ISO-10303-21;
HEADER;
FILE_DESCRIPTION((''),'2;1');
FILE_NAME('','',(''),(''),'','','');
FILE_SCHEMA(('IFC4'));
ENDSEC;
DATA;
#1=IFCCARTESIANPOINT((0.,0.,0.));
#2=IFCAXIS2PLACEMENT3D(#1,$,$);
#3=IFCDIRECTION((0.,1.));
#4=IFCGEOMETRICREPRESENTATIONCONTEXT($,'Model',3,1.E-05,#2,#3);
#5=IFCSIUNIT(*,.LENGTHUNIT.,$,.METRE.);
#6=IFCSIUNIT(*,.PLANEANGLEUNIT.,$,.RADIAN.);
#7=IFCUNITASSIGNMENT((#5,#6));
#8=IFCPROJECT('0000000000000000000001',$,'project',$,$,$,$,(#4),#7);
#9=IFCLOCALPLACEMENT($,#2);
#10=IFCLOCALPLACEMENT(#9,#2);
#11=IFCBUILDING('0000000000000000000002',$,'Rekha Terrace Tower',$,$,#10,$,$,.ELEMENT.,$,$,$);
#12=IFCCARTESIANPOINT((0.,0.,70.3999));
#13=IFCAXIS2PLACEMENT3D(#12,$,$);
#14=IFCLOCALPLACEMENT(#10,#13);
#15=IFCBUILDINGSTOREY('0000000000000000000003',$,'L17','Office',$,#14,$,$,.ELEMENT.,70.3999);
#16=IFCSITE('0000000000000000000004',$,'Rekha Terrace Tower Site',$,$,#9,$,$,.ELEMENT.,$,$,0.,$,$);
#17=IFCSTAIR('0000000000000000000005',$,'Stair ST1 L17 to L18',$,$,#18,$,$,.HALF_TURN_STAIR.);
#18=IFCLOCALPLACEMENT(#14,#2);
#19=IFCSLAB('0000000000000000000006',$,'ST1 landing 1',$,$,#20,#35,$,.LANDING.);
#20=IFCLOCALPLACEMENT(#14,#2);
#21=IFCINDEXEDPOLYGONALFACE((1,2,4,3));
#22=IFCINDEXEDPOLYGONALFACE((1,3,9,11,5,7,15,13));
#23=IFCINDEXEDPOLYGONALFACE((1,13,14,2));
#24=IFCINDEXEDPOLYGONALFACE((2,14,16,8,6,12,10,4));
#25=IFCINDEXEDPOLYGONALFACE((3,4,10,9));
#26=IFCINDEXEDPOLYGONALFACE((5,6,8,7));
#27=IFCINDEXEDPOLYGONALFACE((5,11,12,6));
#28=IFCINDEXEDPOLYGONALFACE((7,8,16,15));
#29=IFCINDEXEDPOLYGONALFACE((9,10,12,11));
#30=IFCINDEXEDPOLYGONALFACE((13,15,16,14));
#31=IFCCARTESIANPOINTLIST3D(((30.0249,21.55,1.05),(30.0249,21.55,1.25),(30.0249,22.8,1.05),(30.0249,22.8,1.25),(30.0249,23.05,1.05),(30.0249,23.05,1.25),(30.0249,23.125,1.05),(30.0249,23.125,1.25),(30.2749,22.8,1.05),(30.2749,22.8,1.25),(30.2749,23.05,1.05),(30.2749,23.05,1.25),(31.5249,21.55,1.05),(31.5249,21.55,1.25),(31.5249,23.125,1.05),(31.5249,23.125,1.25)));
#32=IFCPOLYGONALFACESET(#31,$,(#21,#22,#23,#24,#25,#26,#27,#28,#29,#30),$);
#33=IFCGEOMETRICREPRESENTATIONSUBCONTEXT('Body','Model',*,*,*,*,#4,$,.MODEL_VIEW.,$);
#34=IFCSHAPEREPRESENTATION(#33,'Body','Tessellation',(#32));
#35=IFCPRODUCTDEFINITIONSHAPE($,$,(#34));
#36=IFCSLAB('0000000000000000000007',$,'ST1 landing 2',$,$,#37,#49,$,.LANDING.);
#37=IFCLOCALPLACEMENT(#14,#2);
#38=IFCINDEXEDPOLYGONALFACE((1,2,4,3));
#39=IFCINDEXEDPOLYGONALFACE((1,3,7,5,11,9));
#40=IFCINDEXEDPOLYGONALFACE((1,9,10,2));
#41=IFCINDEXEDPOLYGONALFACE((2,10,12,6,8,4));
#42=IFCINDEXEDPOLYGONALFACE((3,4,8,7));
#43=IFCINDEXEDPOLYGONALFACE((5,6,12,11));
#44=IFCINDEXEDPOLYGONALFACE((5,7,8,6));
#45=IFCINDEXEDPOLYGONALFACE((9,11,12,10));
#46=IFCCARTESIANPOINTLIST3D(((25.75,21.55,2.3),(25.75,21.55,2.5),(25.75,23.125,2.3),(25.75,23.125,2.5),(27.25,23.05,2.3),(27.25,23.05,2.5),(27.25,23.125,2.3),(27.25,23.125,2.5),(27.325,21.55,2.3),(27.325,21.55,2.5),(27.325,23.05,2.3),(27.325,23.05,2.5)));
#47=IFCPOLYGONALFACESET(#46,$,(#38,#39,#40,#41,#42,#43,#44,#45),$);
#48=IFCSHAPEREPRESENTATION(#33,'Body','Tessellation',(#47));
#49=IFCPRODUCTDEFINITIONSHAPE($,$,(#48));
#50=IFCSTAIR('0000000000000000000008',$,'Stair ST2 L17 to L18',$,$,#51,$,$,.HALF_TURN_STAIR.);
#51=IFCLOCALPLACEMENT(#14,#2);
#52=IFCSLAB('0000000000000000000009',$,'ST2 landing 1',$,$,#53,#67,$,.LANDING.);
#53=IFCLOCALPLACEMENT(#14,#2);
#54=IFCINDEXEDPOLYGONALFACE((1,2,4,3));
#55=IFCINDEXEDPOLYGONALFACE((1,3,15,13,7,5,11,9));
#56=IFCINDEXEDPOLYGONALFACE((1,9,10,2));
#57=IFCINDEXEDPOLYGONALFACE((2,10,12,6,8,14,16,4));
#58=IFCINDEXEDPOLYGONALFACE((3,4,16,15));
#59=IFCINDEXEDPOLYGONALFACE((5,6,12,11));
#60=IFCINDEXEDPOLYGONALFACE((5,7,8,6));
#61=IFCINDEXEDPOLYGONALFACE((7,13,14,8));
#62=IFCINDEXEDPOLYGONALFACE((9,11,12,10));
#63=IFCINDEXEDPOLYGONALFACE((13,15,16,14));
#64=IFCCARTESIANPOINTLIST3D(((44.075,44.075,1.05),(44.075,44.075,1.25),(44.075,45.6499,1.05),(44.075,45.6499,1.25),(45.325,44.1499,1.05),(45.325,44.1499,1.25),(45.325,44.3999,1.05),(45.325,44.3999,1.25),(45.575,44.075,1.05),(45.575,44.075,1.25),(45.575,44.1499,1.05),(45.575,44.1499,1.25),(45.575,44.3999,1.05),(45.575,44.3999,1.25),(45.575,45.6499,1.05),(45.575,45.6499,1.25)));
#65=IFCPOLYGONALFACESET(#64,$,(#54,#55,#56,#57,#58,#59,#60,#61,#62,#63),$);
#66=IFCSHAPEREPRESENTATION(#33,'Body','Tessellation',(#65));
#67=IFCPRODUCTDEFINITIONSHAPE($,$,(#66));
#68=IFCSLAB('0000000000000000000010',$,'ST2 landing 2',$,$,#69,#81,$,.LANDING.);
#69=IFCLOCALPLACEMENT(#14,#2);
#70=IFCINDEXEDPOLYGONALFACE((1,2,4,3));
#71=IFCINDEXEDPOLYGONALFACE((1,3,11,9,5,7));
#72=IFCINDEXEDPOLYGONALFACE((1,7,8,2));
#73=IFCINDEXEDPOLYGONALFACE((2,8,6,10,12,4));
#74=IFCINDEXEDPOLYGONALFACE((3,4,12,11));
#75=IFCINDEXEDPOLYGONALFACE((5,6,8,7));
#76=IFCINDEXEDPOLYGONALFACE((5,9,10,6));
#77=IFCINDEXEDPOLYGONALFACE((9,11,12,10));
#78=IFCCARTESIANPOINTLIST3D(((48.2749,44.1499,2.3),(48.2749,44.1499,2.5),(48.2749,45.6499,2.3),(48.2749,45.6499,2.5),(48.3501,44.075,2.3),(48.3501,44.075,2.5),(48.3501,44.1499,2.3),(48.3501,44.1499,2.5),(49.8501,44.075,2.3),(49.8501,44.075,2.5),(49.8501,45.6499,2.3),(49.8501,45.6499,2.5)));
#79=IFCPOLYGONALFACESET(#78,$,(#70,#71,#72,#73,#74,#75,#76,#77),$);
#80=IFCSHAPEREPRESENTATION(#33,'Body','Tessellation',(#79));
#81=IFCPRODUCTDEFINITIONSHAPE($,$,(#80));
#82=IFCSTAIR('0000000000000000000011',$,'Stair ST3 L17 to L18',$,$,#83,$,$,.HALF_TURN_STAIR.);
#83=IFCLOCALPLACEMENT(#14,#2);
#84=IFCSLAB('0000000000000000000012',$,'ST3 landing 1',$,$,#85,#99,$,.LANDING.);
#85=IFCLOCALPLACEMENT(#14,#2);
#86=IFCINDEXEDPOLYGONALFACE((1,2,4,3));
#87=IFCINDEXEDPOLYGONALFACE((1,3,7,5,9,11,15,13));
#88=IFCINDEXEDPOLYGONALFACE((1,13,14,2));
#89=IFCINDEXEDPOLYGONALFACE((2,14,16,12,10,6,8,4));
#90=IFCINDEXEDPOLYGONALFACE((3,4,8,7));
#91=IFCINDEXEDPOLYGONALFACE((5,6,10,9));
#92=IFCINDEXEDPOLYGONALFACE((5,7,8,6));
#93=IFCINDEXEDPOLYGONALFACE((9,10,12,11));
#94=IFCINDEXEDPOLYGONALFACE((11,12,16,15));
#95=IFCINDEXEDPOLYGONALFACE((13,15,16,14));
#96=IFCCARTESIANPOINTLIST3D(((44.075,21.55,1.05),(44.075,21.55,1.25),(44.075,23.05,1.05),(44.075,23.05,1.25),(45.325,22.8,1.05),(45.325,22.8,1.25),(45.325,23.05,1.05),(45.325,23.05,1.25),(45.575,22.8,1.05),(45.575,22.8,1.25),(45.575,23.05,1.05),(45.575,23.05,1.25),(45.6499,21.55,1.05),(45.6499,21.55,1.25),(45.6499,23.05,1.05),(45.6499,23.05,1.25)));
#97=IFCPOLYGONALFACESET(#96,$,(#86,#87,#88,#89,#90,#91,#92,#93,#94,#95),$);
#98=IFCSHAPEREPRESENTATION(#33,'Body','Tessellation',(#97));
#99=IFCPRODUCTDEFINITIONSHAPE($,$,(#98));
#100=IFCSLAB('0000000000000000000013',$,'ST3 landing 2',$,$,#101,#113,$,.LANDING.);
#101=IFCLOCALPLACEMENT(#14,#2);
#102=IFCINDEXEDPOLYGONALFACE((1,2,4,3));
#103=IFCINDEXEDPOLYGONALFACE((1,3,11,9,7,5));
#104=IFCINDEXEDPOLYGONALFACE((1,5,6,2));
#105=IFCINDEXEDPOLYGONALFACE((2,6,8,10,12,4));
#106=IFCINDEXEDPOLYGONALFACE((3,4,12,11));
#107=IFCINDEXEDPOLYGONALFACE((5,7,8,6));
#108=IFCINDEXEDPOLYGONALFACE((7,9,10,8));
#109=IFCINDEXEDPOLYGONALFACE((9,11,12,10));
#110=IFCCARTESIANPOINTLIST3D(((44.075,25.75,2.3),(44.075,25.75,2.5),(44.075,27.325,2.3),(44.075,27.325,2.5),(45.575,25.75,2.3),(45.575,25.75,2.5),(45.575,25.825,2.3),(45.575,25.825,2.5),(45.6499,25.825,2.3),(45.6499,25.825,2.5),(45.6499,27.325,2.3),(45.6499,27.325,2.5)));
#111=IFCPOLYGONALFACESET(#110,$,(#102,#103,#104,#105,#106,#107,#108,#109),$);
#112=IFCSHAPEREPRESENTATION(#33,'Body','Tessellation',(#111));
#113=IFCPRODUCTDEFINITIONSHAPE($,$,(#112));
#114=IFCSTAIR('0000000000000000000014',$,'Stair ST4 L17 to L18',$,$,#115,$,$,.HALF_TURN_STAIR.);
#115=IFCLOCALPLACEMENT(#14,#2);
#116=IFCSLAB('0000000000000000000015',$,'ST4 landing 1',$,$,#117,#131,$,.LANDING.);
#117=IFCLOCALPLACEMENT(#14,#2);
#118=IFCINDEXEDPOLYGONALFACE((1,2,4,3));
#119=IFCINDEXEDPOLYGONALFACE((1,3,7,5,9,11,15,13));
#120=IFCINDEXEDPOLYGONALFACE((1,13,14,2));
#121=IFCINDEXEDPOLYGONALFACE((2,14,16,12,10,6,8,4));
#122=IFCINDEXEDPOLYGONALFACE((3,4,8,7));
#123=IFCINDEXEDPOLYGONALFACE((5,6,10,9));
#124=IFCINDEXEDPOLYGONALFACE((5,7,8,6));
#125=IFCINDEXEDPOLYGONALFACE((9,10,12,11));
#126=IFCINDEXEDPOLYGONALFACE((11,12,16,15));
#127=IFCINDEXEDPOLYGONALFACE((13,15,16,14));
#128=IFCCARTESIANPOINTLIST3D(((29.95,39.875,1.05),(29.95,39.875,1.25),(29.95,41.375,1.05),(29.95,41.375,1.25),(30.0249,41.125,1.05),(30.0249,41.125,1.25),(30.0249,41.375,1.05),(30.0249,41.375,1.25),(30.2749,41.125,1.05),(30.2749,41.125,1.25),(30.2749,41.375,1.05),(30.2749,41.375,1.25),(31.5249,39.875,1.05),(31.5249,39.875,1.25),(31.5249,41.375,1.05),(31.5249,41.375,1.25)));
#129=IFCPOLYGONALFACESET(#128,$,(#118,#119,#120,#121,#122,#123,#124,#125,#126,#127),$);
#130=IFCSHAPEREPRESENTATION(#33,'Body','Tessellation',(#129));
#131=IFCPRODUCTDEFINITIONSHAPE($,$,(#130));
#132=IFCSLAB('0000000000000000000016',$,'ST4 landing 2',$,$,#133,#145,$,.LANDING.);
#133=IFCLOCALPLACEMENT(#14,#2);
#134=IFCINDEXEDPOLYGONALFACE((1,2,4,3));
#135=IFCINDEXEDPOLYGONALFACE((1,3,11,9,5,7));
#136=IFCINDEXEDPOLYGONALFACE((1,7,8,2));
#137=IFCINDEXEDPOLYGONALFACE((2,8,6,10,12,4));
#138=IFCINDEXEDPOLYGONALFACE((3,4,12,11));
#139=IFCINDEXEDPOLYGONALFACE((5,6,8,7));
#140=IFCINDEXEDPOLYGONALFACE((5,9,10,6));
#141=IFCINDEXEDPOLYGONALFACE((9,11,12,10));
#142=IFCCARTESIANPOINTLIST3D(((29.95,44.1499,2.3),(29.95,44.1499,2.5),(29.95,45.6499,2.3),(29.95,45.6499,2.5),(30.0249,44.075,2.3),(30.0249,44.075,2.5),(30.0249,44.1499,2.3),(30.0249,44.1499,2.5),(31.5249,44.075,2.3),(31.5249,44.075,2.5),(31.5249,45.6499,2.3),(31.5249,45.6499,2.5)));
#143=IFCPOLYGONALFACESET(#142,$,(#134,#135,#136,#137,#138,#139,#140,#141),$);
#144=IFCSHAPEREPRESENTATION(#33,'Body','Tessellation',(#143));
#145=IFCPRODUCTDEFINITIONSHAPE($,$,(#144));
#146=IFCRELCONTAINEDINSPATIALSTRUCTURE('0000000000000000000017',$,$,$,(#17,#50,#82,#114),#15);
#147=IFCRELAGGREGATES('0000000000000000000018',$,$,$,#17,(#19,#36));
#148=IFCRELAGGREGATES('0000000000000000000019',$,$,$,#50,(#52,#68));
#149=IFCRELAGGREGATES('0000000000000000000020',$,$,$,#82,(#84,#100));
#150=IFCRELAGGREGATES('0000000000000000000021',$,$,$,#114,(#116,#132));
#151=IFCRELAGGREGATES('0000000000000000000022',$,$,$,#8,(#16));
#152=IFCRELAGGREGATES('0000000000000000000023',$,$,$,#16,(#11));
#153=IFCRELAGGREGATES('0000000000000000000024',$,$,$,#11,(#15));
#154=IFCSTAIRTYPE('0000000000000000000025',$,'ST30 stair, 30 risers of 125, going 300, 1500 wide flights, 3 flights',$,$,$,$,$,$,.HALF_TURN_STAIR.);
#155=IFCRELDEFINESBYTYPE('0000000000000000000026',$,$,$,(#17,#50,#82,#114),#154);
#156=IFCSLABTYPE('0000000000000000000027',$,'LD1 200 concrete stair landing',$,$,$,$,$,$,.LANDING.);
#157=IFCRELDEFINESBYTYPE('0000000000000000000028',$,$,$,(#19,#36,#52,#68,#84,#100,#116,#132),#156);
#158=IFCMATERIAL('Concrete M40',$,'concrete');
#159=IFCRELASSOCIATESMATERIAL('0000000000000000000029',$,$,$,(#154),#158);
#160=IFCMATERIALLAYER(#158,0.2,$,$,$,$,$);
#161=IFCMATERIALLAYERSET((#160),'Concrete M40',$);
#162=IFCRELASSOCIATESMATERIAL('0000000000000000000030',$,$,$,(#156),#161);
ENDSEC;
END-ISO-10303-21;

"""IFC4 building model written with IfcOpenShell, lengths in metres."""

from ifc_helpers import new_model, si_unit, direction, frame, origin, place, context, subcontext, project, spatial, polyline, outline, extrude, material, layer, layer_set, type_object, element, aggregate, save


model = new_model("IFC4")

# Units and contexts
model_context = context("Model", 3, precision=1e-05, world=origin(), true_north=direction((0.0, 1.0)))
body_context = subcontext(model_context, "Body", "Model", "MODEL_VIEW")
ifc_project = project(units=[si_unit("LENGTHUNIT", "METRE"), si_unit("PLANEANGLEUNIT", "RADIAN")], contexts=[model_context])

# Site, building, storey
site_placement = place(None, origin())
site = spatial("IfcSite", under=ifc_project, at=site_placement, Name="Rekha Terrace Tower Site", CompositionType="ELEMENT", RefElevation=0.0)
building_placement = place(site_placement, origin())
building = spatial("IfcBuilding", under=site, at=building_placement, Name="Rekha Terrace Tower", CompositionType="ELEMENT")
storey_placement = place(building_placement, frame((0.0, 0.0, 70.3999)))
storey = spatial("IfcBuildingStorey", under=building, at=storey_placement, Name="L17", Description="Office", CompositionType="ELEMENT", Elevation=70.3999)

# Stairs, slabs
ifc_material_1 = material(Name="Concrete M40", Category="concrete")
stair_type = type_object("IfcStairType", Name="ST30 stair, 30 risers of 125, going 300, 1500 wide flights, 3 flights", PredefinedType="HALF_TURN_STAIR", material=ifc_material_1)
stair_1_placement = place(storey_placement, origin())
stair_1 = element("IfcStair", 1, at=stair_1_placement, inside=storey, type_object=stair_type, Name="Stair ST1 L17 to L18", PredefinedType="HALF_TURN_STAIR")
ifc_layer_1 = layer(ifc_material_1, 0.2)
ifc_layer_set_1 = layer_set([ifc_layer_1], Name="Concrete M40")
slab_type_1 = type_object("IfcSlabType", Name="LD1 200 concrete stair landing", PredefinedType="LANDING", material=ifc_layer_set_1)
slab_1_placement = place(storey_placement, frame((0.0, 0.0, 1.05)))
slab_1 = element("IfcSlab", 2, at=slab_1_placement, type_object=slab_type_1, Name="ST1 landing 1", PredefinedType="LANDING", context=body_context, shape_type="SweptSolid", body=[
    extrude(outline(polyline([(30.0249, 21.55), (31.5249, 21.55), (31.5249, 23.125), (30.0249, 23.125), (30.0249, 23.05), (30.2749, 23.05), (30.2749, 22.8), (30.0249, 22.8), (30.0249, 21.55)])), origin(), (0.0, 0.0, 1.0), 0.2),
])
slab_2_placement = place(storey_placement, frame((0.0, 0.0, 2.3)))
slab_2 = element("IfcSlab", 3, at=slab_2_placement, type_object=slab_type_1, Name="ST1 landing 2", PredefinedType="LANDING", context=body_context, shape_type="SweptSolid", body=[
    extrude(outline(polyline([(27.25, 23.125), (25.75, 23.125), (25.75, 21.55), (27.325, 21.55), (27.325, 23.05), (27.25, 23.05), (27.25, 23.125)])), origin(), (0.0, 0.0, 1.0), 0.2),
])
aggregate(stair_1, [slab_1, slab_2])
stair_2_placement = place(storey_placement, origin())
stair_2 = element("IfcStair", 4, at=stair_2_placement, inside=storey, type_object=stair_type, Name="Stair ST2 L17 to L18", PredefinedType="HALF_TURN_STAIR")
slab_3_placement = place(storey_placement, frame((0.0, 0.0, 1.05)))
slab_3 = element("IfcSlab", 5, at=slab_3_placement, type_object=slab_type_1, Name="ST2 landing 1", PredefinedType="LANDING", context=body_context, shape_type="SweptSolid", body=[
    extrude(outline(polyline([(45.575, 45.6499), (44.075, 45.6499), (44.075, 44.075), (45.575, 44.075), (45.575, 44.1499), (45.325, 44.1499), (45.325, 44.3999), (45.575, 44.3999), (45.575, 45.6499)])), origin(), (0.0, 0.0, 1.0), 0.2),
])
slab_4_placement = place(storey_placement, frame((0.0, 0.0, 2.3)))
slab_4 = element("IfcSlab", 6, at=slab_4_placement, type_object=slab_type_1, Name="ST2 landing 2", PredefinedType="LANDING", context=body_context, shape_type="SweptSolid", body=[
    extrude(outline(polyline([(48.3501, 44.075), (49.8501, 44.075), (49.8501, 45.6499), (48.2749, 45.6499), (48.2749, 44.1499), (48.3501, 44.1499), (48.3501, 44.075)])), origin(), (0.0, 0.0, 1.0), 0.2),
])
aggregate(stair_2, [slab_3, slab_4])
stair_3_placement = place(storey_placement, origin())
stair_3 = element("IfcStair", 7, at=stair_3_placement, inside=storey, type_object=stair_type, Name="Stair ST3 L17 to L18", PredefinedType="HALF_TURN_STAIR")
slab_5_placement = place(storey_placement, frame((0.0, 0.0, 1.05)))
slab_5 = element("IfcSlab", 8, at=slab_5_placement, type_object=slab_type_1, Name="ST3 landing 1", PredefinedType="LANDING", context=body_context, shape_type="SweptSolid", body=[
    extrude(outline(polyline([(44.075, 23.05), (44.075, 21.55), (45.6499, 21.55), (45.6499, 23.05), (45.575, 23.05), (45.575, 22.8), (45.325, 22.8), (45.325, 23.05), (44.075, 23.05)])), origin(), (0.0, 0.0, 1.0), 0.2),
])
slab_6_placement = place(storey_placement, frame((0.0, 0.0, 2.3)))
slab_6 = element("IfcSlab", 9, at=slab_6_placement, type_object=slab_type_1, Name="ST3 landing 2", PredefinedType="LANDING", context=body_context, shape_type="SweptSolid", body=[
    extrude(outline(polyline([(45.6499, 25.825), (45.6499, 27.325), (44.075, 27.325), (44.075, 25.75), (45.575, 25.75), (45.575, 25.825), (45.6499, 25.825)])), origin(), (0.0, 0.0, 1.0), 0.2),
])
aggregate(stair_3, [slab_5, slab_6])
stair_4_placement = place(storey_placement, origin())
stair_4 = element("IfcStair", 10, at=stair_4_placement, inside=storey, type_object=stair_type, Name="Stair ST4 L17 to L18", PredefinedType="HALF_TURN_STAIR")
slab_7_placement = place(storey_placement, frame((0.0, 0.0, 1.05)))
slab_7 = element("IfcSlab", 11, at=slab_7_placement, type_object=slab_type_1, Name="ST4 landing 1", PredefinedType="LANDING", context=body_context, shape_type="SweptSolid", body=[
    extrude(outline(polyline([(31.5249, 41.375), (31.5249, 39.875), (29.95, 39.875), (29.95, 41.375), (30.0249, 41.375), (30.0249, 41.125), (30.2749, 41.125), (30.2749, 41.375), (31.5249, 41.375)])), origin(), (0.0, 0.0, 1.0), 0.2),
])
slab_8_placement = place(storey_placement, frame((0.0, 0.0, 2.3)))
slab_8 = element("IfcSlab", 12, at=slab_8_placement, type_object=slab_type_1, Name="ST4 landing 2", PredefinedType="LANDING", context=body_context, shape_type="SweptSolid", body=[
    extrude(outline(polyline([(29.95, 44.1499), (29.95, 45.6499), (31.5249, 45.6499), (31.5249, 44.075), (30.0249, 44.075), (30.0249, 44.1499), (29.95, 44.1499)])), origin(), (0.0, 0.0, 1.0), 0.2),
])
aggregate(stair_4, [slab_7, slab_8])

save(model, "model.ifc")
